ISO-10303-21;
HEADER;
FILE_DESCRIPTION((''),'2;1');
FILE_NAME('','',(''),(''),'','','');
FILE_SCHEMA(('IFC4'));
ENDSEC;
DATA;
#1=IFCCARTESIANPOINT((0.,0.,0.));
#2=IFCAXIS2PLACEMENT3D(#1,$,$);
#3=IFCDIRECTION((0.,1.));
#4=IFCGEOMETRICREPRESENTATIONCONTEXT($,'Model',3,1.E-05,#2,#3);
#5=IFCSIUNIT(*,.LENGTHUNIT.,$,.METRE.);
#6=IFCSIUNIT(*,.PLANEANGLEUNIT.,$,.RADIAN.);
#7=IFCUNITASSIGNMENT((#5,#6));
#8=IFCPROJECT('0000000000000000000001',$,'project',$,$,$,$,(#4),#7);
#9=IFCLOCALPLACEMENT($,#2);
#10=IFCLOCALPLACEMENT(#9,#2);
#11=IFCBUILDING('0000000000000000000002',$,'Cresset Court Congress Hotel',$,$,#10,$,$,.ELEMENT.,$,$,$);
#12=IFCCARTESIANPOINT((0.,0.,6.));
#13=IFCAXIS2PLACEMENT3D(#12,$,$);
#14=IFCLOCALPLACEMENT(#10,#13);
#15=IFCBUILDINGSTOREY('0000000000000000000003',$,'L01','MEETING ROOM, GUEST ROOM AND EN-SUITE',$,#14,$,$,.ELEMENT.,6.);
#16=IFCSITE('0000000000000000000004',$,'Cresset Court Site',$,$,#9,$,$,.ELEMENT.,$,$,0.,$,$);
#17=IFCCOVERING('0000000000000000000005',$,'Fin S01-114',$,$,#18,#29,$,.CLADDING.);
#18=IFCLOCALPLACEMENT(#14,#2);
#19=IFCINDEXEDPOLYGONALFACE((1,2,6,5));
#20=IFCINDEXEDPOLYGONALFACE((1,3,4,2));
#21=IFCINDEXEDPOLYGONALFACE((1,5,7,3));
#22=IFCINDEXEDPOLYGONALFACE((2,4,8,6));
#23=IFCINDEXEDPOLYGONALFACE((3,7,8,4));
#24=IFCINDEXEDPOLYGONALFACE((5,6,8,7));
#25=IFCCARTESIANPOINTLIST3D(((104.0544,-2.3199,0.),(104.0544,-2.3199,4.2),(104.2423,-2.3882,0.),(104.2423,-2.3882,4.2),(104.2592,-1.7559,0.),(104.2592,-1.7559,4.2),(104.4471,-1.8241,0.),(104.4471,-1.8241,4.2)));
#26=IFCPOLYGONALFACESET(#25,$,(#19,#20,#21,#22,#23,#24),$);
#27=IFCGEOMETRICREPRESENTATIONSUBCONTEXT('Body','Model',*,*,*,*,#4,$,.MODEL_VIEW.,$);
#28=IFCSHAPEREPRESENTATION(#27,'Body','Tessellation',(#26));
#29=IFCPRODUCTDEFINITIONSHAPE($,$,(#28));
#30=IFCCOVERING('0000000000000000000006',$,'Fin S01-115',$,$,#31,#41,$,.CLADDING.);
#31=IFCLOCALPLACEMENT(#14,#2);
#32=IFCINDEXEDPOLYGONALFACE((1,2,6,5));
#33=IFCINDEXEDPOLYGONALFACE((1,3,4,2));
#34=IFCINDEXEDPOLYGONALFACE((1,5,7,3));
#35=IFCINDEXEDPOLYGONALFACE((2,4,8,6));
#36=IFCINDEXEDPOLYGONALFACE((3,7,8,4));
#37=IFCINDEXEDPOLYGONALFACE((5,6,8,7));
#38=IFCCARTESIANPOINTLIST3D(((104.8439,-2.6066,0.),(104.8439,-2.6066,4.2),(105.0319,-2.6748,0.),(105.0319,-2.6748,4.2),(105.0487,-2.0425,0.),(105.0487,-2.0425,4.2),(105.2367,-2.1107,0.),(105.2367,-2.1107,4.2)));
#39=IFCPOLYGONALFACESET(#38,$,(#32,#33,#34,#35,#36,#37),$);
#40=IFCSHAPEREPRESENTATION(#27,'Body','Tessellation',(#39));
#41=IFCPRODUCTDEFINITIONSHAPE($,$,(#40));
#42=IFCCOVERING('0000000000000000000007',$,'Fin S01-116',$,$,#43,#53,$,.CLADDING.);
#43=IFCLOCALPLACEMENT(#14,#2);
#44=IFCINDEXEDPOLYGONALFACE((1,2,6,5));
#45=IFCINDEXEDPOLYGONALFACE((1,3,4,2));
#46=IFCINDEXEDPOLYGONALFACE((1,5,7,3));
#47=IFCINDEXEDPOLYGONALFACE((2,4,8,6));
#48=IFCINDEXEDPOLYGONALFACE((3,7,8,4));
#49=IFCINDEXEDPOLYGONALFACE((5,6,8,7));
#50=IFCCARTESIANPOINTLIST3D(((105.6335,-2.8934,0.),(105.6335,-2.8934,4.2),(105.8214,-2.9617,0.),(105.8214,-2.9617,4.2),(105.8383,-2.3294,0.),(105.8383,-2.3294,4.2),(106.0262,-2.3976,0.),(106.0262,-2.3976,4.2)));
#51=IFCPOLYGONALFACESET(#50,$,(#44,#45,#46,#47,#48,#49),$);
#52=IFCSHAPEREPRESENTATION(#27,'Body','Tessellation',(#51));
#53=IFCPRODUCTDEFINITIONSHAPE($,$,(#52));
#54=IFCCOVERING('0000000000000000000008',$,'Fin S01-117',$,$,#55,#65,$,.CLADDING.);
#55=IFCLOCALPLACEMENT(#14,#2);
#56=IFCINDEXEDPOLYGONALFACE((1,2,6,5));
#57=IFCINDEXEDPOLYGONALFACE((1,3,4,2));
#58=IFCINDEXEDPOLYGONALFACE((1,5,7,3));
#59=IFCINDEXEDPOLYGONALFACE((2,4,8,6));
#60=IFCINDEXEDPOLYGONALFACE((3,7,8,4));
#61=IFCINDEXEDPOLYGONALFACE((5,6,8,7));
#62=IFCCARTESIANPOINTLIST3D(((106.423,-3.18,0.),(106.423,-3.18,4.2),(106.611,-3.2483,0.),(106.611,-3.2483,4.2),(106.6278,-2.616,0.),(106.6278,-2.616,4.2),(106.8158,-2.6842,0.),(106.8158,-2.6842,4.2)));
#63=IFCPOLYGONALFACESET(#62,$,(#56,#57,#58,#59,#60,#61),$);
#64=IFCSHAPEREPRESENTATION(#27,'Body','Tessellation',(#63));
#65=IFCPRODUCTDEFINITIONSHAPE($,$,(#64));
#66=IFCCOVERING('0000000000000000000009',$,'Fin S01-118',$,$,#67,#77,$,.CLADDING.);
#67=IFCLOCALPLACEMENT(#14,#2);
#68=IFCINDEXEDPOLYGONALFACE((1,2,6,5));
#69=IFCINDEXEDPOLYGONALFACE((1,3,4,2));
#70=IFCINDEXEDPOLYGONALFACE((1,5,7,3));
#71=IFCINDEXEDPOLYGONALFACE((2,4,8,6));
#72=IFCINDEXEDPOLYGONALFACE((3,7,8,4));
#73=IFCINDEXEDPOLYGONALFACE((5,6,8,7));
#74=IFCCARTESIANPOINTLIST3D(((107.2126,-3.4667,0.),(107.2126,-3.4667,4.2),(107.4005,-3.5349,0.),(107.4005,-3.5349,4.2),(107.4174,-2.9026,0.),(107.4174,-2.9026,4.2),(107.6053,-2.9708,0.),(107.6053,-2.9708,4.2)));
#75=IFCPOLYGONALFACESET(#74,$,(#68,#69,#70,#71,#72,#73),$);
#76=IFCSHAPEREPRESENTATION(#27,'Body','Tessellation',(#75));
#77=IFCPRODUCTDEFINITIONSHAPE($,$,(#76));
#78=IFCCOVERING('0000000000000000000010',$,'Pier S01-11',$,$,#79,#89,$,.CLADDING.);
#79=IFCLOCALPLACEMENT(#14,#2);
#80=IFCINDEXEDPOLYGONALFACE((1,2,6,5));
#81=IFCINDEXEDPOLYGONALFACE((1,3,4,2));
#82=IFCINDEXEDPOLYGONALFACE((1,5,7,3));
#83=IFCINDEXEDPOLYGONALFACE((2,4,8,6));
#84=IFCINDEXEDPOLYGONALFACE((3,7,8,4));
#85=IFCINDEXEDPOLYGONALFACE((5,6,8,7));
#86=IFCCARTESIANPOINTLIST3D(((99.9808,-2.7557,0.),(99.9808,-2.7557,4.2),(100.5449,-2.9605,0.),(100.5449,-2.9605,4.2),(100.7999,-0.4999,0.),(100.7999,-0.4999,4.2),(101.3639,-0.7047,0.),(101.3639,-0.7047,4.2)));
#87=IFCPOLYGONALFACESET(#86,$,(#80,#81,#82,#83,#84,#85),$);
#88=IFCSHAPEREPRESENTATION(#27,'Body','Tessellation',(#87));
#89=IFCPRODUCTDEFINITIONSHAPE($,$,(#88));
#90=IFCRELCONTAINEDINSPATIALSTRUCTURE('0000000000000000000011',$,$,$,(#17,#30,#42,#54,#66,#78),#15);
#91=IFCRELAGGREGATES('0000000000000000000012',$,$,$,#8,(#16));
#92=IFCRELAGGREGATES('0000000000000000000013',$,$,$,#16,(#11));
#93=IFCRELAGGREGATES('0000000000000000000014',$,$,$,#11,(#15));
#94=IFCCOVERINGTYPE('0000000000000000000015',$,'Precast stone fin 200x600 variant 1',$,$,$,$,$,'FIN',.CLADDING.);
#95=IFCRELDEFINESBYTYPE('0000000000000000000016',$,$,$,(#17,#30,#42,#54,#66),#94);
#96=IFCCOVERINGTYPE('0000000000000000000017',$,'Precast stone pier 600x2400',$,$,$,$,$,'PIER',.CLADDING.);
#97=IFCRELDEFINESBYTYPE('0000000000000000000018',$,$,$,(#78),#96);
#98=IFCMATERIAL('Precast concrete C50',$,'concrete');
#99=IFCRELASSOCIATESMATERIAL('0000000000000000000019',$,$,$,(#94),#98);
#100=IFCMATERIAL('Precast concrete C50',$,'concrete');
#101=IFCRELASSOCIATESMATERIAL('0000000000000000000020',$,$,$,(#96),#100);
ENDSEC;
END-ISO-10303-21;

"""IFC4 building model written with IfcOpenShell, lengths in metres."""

from ifc_helpers import new_model, si_unit, direction, frame, origin, origin_2d, place, context, subcontext, project, spatial, rectangle, extrude, material, type_object, element, save


model = new_model("IFC4")

# Units and contexts
model_context = context("Model", 3, precision=1e-05, world=origin(), true_north=direction((0.0, 1.0)))
body_context = subcontext(model_context, "Body", "Model", "MODEL_VIEW")
ifc_project = project(units=[si_unit("LENGTHUNIT", "METRE"), si_unit("PLANEANGLEUNIT", "RADIAN")], contexts=[model_context])

# Site, building, storey
site_placement = place(None, origin())
site = spatial("IfcSite", under=ifc_project, at=site_placement, Name="Cresset Court Site", CompositionType="ELEMENT", RefElevation=0.0)
building_placement = place(site_placement, origin())
building = spatial("IfcBuilding", under=site, at=building_placement, Name="Cresset Court Congress Hotel", CompositionType="ELEMENT")
storey_placement = place(building_placement, frame((0.0, 0.0, 6.0)))
storey = spatial("IfcBuildingStorey", under=building, at=storey_placement, Name="L01", Description="MEETING ROOM, GUEST ROOM AND EN-SUITE", CompositionType="ELEMENT", Elevation=6.0)

# Coverings
ifc_material_1 = material(Name="Precast concrete C50", Category="concrete")
covering_type_1 = type_object("IfcCoveringType", Name="Precast stone fin 200x600 variant 1", ElementType="FIN", PredefinedType="CLADDING", material=ifc_material_1)
for number, where, z_axis, x_axis, name in (
    (1, (104.2507, -2.072, 0.0), (0.0, 0.0, 1.0), (0.939957, -0.341293, 0.0), "Fin S01-114"),
    (2, (105.0403, -2.3586, 0.0), (0.0, 0.0, 1.0), (0.939957, -0.341293, 0.0), "Fin S01-115"),
    (3, (105.8298, -2.6455, 0.0), (0.0, 0.0, 1.0), (0.939957, -0.341293, 0.0), "Fin S01-116"),
    (4, (106.6194, -2.9321, 0.0), (0.0, 0.0, 1.0), (0.939957, -0.341293, 0.0), "Fin S01-117"),
    (5, (107.4089, -3.2188, 0.0), (0.0, 0.0, 1.0), (0.939957, -0.341293, 0.0), "Fin S01-118"),
):
    element("IfcCovering", number, at=place(storey_placement, frame(where, z_axis=z_axis, x_axis=x_axis)), inside=storey, type_object=covering_type_1, Name=name, PredefinedType="CLADDING", context=body_context, shape_type="SweptSolid", body=[
        extrude(rectangle(XDim=0.2, YDim=0.6001, at=origin_2d()), origin(), (0.0, 0.0, 1.0), 4.2),
    ])
ifc_material_2 = material(Name="Precast concrete C50", Category="concrete")
covering_type_2 = type_object("IfcCoveringType", Name="Precast stone pier 600x2400", ElementType="PIER", PredefinedType="CLADDING", material=ifc_material_2)
covering_placement = place(storey_placement, frame((100.6724, -1.7302, 0.0), z_axis=(0.0, 0.0, 1.0), x_axis=(0.939957, -0.341293, 0.0)))
element("IfcCovering", 6, at=covering_placement, inside=storey, type_object=covering_type_2, Name="Pier S01-11", PredefinedType="CLADDING", context=body_context, shape_type="SweptSolid", body=[
    extrude(rectangle(XDim=0.6001, YDim=2.3999, at=origin_2d()), origin(), (0.0, 0.0, 1.0), 4.2),
])

save(model, "model.ifc")
